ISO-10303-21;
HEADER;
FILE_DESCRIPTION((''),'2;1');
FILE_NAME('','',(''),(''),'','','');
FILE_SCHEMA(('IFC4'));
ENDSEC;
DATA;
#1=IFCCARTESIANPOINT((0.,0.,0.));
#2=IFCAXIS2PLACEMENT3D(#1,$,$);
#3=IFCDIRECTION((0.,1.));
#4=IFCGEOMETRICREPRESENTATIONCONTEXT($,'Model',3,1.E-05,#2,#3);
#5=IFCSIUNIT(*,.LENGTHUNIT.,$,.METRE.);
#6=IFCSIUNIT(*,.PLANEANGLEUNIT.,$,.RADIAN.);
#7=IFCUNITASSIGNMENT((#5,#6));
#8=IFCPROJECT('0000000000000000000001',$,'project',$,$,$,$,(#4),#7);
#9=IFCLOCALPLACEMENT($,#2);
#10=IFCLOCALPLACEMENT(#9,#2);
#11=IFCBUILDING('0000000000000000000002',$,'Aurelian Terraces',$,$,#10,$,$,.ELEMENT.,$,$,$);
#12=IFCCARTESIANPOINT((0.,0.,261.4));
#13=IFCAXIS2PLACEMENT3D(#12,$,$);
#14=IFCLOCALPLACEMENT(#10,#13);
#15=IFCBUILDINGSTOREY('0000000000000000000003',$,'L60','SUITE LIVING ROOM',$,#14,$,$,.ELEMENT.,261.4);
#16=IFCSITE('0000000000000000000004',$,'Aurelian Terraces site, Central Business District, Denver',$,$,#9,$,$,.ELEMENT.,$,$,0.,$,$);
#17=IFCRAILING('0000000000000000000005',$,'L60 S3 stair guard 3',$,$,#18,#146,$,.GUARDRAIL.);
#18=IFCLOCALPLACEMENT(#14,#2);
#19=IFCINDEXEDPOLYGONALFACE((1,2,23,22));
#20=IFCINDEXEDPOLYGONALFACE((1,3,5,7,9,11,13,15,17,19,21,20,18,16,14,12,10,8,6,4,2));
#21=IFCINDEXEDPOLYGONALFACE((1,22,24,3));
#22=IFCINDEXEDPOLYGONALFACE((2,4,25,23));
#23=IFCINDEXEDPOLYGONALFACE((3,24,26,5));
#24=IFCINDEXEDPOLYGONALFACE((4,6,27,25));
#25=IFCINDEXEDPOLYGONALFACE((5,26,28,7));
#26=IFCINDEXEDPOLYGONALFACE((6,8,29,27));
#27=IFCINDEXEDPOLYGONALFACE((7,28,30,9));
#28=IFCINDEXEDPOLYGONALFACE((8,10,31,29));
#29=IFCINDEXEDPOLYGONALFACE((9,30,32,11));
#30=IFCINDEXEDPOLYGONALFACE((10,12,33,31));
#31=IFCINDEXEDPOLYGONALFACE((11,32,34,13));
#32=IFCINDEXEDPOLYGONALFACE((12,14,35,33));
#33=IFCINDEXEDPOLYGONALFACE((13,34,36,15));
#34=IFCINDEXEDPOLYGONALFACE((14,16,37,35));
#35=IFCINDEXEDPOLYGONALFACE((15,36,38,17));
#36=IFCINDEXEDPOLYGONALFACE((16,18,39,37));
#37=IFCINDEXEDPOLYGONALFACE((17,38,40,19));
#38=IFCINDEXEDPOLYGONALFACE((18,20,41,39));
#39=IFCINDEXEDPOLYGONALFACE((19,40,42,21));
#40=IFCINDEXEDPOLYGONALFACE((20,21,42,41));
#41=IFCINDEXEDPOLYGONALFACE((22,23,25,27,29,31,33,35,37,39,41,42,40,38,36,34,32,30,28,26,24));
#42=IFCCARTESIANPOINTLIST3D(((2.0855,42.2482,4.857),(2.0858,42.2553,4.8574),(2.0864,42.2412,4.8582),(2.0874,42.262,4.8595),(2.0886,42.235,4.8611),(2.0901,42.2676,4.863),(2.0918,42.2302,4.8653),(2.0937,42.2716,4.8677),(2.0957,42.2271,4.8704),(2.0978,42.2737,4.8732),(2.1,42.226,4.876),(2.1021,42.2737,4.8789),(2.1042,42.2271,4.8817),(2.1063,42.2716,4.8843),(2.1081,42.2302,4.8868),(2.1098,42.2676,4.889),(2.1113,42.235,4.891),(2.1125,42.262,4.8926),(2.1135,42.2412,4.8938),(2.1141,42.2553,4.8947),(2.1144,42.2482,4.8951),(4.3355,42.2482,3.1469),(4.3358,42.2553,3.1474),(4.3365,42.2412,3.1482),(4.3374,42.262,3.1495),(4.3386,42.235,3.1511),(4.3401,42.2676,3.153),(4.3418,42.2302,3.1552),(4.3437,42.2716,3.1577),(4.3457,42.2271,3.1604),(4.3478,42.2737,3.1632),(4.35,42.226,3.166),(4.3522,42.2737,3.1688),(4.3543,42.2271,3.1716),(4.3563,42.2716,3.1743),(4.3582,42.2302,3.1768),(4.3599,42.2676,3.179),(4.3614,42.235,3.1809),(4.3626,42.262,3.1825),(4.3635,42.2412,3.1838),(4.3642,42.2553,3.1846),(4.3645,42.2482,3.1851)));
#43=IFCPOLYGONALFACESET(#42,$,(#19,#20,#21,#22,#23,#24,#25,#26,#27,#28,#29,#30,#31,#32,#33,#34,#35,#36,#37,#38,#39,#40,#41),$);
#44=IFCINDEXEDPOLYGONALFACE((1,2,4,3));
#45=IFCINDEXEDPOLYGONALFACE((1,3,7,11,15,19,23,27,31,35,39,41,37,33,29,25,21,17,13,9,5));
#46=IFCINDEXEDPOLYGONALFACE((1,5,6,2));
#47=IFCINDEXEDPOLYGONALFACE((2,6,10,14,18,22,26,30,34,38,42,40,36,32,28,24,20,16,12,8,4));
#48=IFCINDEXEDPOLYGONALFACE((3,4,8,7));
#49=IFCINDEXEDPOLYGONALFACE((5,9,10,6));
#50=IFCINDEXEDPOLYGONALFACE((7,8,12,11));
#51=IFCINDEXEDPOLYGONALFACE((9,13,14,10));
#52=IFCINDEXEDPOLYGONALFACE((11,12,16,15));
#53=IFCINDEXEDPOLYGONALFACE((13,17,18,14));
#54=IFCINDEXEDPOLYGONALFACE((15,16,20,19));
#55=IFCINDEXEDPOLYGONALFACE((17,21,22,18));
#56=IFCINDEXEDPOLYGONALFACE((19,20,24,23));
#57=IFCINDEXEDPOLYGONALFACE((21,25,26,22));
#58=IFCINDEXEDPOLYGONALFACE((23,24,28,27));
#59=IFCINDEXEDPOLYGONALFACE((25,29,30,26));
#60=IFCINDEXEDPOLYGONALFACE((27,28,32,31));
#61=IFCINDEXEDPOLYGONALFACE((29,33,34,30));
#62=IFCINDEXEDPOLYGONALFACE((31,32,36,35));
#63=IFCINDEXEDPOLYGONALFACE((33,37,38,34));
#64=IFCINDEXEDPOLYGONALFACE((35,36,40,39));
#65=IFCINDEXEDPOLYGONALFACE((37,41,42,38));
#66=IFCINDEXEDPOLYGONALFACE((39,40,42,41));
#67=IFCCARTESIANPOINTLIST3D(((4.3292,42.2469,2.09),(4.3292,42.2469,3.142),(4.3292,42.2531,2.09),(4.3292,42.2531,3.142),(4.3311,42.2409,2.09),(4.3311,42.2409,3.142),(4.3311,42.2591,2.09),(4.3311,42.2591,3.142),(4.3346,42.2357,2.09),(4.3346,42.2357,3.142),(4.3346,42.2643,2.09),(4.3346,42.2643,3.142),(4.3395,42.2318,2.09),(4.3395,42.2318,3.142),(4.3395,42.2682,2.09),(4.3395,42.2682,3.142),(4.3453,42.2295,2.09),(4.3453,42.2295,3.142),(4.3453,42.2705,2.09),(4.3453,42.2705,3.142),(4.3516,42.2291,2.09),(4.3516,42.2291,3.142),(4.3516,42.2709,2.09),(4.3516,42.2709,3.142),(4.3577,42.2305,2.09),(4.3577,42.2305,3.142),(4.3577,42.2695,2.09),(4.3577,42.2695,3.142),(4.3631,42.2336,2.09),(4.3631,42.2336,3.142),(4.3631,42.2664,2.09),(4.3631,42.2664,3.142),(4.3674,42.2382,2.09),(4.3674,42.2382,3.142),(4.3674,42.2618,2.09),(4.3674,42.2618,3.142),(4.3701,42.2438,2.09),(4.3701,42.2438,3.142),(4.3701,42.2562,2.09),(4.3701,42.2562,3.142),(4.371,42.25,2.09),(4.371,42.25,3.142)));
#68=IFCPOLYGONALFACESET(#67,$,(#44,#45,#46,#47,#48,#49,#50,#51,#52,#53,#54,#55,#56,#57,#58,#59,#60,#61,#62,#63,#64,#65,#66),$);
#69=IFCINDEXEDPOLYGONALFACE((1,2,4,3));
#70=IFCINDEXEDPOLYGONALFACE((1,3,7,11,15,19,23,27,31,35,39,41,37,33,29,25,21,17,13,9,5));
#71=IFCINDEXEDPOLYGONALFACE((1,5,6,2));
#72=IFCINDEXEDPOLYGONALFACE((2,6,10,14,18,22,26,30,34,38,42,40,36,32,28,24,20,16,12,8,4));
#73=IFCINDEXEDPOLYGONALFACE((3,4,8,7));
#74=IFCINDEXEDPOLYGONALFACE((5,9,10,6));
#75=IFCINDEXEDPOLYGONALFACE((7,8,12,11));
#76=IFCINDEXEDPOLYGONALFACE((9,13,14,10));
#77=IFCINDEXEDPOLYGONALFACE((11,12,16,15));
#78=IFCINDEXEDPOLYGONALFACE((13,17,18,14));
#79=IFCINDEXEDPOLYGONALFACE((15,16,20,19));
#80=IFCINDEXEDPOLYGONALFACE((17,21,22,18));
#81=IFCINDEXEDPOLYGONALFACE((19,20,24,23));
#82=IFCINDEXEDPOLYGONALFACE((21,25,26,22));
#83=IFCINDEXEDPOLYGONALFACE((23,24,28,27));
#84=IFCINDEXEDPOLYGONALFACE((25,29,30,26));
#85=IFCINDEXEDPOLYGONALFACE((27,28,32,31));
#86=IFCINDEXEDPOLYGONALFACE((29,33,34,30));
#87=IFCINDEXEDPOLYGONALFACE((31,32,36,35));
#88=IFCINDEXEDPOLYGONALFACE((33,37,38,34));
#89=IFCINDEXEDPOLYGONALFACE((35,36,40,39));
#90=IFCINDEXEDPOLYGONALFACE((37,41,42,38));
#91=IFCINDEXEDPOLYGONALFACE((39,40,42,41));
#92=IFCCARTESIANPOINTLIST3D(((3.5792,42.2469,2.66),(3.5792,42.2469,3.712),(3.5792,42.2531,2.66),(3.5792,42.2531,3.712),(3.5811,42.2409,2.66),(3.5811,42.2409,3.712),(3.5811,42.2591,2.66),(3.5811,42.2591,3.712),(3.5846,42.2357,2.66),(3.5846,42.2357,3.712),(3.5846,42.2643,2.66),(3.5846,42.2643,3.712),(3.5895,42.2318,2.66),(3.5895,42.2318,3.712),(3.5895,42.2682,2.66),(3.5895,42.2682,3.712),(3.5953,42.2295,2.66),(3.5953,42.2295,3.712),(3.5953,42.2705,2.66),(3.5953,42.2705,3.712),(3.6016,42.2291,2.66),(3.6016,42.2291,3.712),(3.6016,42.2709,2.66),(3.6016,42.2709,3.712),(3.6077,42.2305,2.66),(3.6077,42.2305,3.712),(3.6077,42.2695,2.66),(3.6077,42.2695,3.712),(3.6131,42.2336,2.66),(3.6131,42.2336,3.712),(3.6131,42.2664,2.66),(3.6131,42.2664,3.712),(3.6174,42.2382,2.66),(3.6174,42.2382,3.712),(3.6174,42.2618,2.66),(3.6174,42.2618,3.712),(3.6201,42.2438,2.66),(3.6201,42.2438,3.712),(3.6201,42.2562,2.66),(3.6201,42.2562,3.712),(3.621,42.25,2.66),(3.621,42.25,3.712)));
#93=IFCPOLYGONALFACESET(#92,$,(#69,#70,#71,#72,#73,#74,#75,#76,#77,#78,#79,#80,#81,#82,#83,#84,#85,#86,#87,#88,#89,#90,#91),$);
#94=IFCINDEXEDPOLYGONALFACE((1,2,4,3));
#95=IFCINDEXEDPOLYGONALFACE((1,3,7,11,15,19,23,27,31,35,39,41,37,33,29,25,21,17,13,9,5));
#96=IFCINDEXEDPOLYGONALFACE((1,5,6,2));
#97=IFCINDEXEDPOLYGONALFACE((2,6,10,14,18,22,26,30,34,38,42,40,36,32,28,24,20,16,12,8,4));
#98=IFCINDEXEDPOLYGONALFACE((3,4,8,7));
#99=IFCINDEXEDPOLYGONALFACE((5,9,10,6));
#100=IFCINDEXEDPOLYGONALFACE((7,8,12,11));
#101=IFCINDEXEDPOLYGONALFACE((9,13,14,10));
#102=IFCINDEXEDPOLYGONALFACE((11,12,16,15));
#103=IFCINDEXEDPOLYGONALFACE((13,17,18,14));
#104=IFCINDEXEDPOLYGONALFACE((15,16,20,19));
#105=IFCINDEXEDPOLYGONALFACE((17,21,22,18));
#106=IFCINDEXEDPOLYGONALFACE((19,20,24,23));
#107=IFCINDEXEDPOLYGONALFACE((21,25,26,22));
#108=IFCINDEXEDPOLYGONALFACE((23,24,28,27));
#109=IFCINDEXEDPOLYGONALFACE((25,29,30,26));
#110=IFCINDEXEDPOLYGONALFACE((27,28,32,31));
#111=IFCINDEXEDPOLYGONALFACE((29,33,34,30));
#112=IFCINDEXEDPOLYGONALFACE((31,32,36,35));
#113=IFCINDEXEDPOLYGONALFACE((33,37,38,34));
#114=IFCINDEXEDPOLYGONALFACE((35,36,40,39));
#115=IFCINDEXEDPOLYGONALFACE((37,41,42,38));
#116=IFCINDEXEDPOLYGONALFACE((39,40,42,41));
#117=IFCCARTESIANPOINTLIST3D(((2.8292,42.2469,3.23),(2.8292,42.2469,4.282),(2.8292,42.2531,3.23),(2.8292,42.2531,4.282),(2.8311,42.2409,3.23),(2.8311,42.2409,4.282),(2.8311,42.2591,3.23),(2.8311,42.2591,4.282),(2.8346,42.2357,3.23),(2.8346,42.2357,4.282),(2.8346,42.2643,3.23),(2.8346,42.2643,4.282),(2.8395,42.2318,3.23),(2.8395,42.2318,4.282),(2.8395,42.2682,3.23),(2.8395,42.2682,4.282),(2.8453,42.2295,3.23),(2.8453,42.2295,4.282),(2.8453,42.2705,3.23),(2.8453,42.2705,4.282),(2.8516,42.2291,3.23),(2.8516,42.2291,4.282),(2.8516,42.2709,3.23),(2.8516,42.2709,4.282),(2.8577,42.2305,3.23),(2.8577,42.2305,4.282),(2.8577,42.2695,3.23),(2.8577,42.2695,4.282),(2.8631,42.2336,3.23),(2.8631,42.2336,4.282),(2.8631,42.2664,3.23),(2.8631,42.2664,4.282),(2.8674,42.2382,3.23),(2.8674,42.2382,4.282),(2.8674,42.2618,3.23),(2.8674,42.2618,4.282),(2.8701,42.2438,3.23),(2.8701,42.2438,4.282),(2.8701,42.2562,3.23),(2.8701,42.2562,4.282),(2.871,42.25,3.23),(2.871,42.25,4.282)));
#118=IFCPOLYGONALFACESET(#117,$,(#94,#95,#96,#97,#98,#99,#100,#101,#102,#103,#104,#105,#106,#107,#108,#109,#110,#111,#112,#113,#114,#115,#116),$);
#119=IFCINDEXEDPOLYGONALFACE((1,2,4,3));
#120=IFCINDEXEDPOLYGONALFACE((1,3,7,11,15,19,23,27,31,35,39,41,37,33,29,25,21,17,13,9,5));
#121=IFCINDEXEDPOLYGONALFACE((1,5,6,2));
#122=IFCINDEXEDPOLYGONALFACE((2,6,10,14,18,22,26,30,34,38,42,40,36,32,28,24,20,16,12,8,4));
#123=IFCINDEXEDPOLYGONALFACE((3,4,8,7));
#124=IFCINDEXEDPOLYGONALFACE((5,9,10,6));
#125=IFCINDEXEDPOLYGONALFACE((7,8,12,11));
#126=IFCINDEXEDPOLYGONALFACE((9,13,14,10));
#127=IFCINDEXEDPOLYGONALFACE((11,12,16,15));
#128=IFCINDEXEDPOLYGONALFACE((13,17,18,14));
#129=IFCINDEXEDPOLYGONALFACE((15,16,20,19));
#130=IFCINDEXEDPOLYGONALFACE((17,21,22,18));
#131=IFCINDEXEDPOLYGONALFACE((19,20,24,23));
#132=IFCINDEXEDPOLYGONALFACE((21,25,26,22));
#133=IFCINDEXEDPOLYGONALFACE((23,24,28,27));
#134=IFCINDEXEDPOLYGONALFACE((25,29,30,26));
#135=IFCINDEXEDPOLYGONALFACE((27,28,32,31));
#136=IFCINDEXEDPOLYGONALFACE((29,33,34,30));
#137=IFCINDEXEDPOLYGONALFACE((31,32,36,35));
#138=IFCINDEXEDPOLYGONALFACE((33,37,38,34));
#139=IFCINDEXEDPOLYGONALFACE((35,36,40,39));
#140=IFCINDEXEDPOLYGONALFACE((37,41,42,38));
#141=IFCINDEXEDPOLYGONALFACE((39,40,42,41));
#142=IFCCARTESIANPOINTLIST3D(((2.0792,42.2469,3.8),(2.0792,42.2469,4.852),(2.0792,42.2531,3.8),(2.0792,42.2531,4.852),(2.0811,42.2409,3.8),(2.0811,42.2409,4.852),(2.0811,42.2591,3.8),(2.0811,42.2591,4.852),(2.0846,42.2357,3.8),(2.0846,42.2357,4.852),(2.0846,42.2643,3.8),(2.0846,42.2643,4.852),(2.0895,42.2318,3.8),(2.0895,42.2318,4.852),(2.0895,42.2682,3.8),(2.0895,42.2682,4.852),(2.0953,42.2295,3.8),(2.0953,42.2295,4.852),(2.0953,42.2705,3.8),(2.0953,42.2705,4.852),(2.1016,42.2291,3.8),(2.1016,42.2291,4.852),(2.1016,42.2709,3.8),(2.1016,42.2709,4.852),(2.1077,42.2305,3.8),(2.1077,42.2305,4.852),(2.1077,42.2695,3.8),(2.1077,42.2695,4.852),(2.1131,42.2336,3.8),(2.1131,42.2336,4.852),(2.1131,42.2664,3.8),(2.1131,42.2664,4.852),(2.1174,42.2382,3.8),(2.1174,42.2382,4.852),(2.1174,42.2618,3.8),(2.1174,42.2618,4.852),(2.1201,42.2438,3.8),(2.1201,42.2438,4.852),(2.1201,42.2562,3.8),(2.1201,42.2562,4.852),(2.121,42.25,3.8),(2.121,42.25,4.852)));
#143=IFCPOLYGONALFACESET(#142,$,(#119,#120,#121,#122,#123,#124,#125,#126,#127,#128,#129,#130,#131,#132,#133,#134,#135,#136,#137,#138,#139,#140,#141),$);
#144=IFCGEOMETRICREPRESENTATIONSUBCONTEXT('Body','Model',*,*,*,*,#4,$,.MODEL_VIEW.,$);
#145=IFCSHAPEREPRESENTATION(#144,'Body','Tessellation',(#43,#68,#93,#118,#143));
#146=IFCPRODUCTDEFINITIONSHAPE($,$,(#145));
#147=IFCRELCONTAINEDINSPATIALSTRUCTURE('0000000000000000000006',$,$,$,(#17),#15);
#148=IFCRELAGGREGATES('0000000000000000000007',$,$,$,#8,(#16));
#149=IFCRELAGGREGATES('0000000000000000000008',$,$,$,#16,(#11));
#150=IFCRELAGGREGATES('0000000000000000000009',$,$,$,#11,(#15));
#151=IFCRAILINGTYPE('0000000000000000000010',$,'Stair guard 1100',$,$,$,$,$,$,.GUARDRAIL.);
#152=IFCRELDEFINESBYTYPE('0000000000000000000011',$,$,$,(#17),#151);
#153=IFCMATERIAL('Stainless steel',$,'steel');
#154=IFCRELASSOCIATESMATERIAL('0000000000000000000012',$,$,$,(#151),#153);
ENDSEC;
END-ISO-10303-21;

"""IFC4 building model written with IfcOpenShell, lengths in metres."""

from ifc_helpers import new_model, si_unit, direction, frame, origin, origin_2d, place, context, subcontext, project, spatial, circle, extrude, source, transform, mapped, material, type_object, element, save


model = new_model("IFC4")

# Units and contexts
model_context = context("Model", 3, precision=1e-05, world=origin(), true_north=direction((0.0, 1.0)))
body_context = subcontext(model_context, "Body", "Model", "MODEL_VIEW")
ifc_project = project(units=[si_unit("LENGTHUNIT", "METRE"), si_unit("PLANEANGLEUNIT", "RADIAN")], contexts=[model_context])

# Site, building, storey
site_placement = place(None, origin())
site = spatial("IfcSite", under=ifc_project, at=site_placement, Name="Aurelian Terraces site, Central Business District, Denver", CompositionType="ELEMENT", RefElevation=0.0)
building_placement = place(site_placement, origin())
building = spatial("IfcBuilding", under=site, at=building_placement, Name="Aurelian Terraces", CompositionType="ELEMENT")
storey_placement = place(building_placement, frame((0.0, 0.0, 261.4)))
storey = spatial("IfcBuildingStorey", under=building, at=storey_placement, Name="L60", Description="SUITE LIVING ROOM", CompositionType="ELEMENT", Elevation=261.4)

# Railing
ifc_material_1 = material(Name="Stainless steel", Category="steel")
railing_type_1 = type_object("IfcRailingType", Name="Stair guard 1100", PredefinedType="GUARDRAIL", material=ifc_material_1)
shared_shape_1 = source(origin(), body_context, "Body", "SweptSolid", [
    extrude(circle(Radius=0.024, at=origin_2d()), frame((0.0, 0.0, 1.076), z_axis=(-0.796162, 0.0, 0.605083), x_axis=(0.0, -1.0, 0.0)), (0.0, 0.0, 1.0), 2.8261),
    extrude(circle(Radius=0.021, at=origin_2d()), origin(), (0.0, 0.0, 1.0), 1.052),
    extrude(circle(Radius=0.021, at=origin_2d()), frame((-0.75, 0.0, 0.57)), (0.0, 0.0, 1.0), 1.052),
    extrude(circle(Radius=0.021, at=origin_2d()), frame((-1.5, 0.0, 1.14)), (0.0, 0.0, 1.0), 1.052),
    extrude(circle(Radius=0.021, at=origin_2d()), frame((-2.25, 0.0, 1.71)), (0.0, 0.0, 1.0), 1.052),
])
railing_1_placement = place(storey_placement, frame((4.35, 42.25, 2.09)))
element("IfcRailing", 1, at=railing_1_placement, inside=storey, type_object=railing_type_1, Name="L60 S3 stair guard 3", PredefinedType="GUARDRAIL", context=body_context, shape_type="MappedRepresentation", body=[
    mapped(shared_shape_1, transform((0.0, 0.0, 0.0), scale=1.0)),
])

save(model, "model.ifc")
